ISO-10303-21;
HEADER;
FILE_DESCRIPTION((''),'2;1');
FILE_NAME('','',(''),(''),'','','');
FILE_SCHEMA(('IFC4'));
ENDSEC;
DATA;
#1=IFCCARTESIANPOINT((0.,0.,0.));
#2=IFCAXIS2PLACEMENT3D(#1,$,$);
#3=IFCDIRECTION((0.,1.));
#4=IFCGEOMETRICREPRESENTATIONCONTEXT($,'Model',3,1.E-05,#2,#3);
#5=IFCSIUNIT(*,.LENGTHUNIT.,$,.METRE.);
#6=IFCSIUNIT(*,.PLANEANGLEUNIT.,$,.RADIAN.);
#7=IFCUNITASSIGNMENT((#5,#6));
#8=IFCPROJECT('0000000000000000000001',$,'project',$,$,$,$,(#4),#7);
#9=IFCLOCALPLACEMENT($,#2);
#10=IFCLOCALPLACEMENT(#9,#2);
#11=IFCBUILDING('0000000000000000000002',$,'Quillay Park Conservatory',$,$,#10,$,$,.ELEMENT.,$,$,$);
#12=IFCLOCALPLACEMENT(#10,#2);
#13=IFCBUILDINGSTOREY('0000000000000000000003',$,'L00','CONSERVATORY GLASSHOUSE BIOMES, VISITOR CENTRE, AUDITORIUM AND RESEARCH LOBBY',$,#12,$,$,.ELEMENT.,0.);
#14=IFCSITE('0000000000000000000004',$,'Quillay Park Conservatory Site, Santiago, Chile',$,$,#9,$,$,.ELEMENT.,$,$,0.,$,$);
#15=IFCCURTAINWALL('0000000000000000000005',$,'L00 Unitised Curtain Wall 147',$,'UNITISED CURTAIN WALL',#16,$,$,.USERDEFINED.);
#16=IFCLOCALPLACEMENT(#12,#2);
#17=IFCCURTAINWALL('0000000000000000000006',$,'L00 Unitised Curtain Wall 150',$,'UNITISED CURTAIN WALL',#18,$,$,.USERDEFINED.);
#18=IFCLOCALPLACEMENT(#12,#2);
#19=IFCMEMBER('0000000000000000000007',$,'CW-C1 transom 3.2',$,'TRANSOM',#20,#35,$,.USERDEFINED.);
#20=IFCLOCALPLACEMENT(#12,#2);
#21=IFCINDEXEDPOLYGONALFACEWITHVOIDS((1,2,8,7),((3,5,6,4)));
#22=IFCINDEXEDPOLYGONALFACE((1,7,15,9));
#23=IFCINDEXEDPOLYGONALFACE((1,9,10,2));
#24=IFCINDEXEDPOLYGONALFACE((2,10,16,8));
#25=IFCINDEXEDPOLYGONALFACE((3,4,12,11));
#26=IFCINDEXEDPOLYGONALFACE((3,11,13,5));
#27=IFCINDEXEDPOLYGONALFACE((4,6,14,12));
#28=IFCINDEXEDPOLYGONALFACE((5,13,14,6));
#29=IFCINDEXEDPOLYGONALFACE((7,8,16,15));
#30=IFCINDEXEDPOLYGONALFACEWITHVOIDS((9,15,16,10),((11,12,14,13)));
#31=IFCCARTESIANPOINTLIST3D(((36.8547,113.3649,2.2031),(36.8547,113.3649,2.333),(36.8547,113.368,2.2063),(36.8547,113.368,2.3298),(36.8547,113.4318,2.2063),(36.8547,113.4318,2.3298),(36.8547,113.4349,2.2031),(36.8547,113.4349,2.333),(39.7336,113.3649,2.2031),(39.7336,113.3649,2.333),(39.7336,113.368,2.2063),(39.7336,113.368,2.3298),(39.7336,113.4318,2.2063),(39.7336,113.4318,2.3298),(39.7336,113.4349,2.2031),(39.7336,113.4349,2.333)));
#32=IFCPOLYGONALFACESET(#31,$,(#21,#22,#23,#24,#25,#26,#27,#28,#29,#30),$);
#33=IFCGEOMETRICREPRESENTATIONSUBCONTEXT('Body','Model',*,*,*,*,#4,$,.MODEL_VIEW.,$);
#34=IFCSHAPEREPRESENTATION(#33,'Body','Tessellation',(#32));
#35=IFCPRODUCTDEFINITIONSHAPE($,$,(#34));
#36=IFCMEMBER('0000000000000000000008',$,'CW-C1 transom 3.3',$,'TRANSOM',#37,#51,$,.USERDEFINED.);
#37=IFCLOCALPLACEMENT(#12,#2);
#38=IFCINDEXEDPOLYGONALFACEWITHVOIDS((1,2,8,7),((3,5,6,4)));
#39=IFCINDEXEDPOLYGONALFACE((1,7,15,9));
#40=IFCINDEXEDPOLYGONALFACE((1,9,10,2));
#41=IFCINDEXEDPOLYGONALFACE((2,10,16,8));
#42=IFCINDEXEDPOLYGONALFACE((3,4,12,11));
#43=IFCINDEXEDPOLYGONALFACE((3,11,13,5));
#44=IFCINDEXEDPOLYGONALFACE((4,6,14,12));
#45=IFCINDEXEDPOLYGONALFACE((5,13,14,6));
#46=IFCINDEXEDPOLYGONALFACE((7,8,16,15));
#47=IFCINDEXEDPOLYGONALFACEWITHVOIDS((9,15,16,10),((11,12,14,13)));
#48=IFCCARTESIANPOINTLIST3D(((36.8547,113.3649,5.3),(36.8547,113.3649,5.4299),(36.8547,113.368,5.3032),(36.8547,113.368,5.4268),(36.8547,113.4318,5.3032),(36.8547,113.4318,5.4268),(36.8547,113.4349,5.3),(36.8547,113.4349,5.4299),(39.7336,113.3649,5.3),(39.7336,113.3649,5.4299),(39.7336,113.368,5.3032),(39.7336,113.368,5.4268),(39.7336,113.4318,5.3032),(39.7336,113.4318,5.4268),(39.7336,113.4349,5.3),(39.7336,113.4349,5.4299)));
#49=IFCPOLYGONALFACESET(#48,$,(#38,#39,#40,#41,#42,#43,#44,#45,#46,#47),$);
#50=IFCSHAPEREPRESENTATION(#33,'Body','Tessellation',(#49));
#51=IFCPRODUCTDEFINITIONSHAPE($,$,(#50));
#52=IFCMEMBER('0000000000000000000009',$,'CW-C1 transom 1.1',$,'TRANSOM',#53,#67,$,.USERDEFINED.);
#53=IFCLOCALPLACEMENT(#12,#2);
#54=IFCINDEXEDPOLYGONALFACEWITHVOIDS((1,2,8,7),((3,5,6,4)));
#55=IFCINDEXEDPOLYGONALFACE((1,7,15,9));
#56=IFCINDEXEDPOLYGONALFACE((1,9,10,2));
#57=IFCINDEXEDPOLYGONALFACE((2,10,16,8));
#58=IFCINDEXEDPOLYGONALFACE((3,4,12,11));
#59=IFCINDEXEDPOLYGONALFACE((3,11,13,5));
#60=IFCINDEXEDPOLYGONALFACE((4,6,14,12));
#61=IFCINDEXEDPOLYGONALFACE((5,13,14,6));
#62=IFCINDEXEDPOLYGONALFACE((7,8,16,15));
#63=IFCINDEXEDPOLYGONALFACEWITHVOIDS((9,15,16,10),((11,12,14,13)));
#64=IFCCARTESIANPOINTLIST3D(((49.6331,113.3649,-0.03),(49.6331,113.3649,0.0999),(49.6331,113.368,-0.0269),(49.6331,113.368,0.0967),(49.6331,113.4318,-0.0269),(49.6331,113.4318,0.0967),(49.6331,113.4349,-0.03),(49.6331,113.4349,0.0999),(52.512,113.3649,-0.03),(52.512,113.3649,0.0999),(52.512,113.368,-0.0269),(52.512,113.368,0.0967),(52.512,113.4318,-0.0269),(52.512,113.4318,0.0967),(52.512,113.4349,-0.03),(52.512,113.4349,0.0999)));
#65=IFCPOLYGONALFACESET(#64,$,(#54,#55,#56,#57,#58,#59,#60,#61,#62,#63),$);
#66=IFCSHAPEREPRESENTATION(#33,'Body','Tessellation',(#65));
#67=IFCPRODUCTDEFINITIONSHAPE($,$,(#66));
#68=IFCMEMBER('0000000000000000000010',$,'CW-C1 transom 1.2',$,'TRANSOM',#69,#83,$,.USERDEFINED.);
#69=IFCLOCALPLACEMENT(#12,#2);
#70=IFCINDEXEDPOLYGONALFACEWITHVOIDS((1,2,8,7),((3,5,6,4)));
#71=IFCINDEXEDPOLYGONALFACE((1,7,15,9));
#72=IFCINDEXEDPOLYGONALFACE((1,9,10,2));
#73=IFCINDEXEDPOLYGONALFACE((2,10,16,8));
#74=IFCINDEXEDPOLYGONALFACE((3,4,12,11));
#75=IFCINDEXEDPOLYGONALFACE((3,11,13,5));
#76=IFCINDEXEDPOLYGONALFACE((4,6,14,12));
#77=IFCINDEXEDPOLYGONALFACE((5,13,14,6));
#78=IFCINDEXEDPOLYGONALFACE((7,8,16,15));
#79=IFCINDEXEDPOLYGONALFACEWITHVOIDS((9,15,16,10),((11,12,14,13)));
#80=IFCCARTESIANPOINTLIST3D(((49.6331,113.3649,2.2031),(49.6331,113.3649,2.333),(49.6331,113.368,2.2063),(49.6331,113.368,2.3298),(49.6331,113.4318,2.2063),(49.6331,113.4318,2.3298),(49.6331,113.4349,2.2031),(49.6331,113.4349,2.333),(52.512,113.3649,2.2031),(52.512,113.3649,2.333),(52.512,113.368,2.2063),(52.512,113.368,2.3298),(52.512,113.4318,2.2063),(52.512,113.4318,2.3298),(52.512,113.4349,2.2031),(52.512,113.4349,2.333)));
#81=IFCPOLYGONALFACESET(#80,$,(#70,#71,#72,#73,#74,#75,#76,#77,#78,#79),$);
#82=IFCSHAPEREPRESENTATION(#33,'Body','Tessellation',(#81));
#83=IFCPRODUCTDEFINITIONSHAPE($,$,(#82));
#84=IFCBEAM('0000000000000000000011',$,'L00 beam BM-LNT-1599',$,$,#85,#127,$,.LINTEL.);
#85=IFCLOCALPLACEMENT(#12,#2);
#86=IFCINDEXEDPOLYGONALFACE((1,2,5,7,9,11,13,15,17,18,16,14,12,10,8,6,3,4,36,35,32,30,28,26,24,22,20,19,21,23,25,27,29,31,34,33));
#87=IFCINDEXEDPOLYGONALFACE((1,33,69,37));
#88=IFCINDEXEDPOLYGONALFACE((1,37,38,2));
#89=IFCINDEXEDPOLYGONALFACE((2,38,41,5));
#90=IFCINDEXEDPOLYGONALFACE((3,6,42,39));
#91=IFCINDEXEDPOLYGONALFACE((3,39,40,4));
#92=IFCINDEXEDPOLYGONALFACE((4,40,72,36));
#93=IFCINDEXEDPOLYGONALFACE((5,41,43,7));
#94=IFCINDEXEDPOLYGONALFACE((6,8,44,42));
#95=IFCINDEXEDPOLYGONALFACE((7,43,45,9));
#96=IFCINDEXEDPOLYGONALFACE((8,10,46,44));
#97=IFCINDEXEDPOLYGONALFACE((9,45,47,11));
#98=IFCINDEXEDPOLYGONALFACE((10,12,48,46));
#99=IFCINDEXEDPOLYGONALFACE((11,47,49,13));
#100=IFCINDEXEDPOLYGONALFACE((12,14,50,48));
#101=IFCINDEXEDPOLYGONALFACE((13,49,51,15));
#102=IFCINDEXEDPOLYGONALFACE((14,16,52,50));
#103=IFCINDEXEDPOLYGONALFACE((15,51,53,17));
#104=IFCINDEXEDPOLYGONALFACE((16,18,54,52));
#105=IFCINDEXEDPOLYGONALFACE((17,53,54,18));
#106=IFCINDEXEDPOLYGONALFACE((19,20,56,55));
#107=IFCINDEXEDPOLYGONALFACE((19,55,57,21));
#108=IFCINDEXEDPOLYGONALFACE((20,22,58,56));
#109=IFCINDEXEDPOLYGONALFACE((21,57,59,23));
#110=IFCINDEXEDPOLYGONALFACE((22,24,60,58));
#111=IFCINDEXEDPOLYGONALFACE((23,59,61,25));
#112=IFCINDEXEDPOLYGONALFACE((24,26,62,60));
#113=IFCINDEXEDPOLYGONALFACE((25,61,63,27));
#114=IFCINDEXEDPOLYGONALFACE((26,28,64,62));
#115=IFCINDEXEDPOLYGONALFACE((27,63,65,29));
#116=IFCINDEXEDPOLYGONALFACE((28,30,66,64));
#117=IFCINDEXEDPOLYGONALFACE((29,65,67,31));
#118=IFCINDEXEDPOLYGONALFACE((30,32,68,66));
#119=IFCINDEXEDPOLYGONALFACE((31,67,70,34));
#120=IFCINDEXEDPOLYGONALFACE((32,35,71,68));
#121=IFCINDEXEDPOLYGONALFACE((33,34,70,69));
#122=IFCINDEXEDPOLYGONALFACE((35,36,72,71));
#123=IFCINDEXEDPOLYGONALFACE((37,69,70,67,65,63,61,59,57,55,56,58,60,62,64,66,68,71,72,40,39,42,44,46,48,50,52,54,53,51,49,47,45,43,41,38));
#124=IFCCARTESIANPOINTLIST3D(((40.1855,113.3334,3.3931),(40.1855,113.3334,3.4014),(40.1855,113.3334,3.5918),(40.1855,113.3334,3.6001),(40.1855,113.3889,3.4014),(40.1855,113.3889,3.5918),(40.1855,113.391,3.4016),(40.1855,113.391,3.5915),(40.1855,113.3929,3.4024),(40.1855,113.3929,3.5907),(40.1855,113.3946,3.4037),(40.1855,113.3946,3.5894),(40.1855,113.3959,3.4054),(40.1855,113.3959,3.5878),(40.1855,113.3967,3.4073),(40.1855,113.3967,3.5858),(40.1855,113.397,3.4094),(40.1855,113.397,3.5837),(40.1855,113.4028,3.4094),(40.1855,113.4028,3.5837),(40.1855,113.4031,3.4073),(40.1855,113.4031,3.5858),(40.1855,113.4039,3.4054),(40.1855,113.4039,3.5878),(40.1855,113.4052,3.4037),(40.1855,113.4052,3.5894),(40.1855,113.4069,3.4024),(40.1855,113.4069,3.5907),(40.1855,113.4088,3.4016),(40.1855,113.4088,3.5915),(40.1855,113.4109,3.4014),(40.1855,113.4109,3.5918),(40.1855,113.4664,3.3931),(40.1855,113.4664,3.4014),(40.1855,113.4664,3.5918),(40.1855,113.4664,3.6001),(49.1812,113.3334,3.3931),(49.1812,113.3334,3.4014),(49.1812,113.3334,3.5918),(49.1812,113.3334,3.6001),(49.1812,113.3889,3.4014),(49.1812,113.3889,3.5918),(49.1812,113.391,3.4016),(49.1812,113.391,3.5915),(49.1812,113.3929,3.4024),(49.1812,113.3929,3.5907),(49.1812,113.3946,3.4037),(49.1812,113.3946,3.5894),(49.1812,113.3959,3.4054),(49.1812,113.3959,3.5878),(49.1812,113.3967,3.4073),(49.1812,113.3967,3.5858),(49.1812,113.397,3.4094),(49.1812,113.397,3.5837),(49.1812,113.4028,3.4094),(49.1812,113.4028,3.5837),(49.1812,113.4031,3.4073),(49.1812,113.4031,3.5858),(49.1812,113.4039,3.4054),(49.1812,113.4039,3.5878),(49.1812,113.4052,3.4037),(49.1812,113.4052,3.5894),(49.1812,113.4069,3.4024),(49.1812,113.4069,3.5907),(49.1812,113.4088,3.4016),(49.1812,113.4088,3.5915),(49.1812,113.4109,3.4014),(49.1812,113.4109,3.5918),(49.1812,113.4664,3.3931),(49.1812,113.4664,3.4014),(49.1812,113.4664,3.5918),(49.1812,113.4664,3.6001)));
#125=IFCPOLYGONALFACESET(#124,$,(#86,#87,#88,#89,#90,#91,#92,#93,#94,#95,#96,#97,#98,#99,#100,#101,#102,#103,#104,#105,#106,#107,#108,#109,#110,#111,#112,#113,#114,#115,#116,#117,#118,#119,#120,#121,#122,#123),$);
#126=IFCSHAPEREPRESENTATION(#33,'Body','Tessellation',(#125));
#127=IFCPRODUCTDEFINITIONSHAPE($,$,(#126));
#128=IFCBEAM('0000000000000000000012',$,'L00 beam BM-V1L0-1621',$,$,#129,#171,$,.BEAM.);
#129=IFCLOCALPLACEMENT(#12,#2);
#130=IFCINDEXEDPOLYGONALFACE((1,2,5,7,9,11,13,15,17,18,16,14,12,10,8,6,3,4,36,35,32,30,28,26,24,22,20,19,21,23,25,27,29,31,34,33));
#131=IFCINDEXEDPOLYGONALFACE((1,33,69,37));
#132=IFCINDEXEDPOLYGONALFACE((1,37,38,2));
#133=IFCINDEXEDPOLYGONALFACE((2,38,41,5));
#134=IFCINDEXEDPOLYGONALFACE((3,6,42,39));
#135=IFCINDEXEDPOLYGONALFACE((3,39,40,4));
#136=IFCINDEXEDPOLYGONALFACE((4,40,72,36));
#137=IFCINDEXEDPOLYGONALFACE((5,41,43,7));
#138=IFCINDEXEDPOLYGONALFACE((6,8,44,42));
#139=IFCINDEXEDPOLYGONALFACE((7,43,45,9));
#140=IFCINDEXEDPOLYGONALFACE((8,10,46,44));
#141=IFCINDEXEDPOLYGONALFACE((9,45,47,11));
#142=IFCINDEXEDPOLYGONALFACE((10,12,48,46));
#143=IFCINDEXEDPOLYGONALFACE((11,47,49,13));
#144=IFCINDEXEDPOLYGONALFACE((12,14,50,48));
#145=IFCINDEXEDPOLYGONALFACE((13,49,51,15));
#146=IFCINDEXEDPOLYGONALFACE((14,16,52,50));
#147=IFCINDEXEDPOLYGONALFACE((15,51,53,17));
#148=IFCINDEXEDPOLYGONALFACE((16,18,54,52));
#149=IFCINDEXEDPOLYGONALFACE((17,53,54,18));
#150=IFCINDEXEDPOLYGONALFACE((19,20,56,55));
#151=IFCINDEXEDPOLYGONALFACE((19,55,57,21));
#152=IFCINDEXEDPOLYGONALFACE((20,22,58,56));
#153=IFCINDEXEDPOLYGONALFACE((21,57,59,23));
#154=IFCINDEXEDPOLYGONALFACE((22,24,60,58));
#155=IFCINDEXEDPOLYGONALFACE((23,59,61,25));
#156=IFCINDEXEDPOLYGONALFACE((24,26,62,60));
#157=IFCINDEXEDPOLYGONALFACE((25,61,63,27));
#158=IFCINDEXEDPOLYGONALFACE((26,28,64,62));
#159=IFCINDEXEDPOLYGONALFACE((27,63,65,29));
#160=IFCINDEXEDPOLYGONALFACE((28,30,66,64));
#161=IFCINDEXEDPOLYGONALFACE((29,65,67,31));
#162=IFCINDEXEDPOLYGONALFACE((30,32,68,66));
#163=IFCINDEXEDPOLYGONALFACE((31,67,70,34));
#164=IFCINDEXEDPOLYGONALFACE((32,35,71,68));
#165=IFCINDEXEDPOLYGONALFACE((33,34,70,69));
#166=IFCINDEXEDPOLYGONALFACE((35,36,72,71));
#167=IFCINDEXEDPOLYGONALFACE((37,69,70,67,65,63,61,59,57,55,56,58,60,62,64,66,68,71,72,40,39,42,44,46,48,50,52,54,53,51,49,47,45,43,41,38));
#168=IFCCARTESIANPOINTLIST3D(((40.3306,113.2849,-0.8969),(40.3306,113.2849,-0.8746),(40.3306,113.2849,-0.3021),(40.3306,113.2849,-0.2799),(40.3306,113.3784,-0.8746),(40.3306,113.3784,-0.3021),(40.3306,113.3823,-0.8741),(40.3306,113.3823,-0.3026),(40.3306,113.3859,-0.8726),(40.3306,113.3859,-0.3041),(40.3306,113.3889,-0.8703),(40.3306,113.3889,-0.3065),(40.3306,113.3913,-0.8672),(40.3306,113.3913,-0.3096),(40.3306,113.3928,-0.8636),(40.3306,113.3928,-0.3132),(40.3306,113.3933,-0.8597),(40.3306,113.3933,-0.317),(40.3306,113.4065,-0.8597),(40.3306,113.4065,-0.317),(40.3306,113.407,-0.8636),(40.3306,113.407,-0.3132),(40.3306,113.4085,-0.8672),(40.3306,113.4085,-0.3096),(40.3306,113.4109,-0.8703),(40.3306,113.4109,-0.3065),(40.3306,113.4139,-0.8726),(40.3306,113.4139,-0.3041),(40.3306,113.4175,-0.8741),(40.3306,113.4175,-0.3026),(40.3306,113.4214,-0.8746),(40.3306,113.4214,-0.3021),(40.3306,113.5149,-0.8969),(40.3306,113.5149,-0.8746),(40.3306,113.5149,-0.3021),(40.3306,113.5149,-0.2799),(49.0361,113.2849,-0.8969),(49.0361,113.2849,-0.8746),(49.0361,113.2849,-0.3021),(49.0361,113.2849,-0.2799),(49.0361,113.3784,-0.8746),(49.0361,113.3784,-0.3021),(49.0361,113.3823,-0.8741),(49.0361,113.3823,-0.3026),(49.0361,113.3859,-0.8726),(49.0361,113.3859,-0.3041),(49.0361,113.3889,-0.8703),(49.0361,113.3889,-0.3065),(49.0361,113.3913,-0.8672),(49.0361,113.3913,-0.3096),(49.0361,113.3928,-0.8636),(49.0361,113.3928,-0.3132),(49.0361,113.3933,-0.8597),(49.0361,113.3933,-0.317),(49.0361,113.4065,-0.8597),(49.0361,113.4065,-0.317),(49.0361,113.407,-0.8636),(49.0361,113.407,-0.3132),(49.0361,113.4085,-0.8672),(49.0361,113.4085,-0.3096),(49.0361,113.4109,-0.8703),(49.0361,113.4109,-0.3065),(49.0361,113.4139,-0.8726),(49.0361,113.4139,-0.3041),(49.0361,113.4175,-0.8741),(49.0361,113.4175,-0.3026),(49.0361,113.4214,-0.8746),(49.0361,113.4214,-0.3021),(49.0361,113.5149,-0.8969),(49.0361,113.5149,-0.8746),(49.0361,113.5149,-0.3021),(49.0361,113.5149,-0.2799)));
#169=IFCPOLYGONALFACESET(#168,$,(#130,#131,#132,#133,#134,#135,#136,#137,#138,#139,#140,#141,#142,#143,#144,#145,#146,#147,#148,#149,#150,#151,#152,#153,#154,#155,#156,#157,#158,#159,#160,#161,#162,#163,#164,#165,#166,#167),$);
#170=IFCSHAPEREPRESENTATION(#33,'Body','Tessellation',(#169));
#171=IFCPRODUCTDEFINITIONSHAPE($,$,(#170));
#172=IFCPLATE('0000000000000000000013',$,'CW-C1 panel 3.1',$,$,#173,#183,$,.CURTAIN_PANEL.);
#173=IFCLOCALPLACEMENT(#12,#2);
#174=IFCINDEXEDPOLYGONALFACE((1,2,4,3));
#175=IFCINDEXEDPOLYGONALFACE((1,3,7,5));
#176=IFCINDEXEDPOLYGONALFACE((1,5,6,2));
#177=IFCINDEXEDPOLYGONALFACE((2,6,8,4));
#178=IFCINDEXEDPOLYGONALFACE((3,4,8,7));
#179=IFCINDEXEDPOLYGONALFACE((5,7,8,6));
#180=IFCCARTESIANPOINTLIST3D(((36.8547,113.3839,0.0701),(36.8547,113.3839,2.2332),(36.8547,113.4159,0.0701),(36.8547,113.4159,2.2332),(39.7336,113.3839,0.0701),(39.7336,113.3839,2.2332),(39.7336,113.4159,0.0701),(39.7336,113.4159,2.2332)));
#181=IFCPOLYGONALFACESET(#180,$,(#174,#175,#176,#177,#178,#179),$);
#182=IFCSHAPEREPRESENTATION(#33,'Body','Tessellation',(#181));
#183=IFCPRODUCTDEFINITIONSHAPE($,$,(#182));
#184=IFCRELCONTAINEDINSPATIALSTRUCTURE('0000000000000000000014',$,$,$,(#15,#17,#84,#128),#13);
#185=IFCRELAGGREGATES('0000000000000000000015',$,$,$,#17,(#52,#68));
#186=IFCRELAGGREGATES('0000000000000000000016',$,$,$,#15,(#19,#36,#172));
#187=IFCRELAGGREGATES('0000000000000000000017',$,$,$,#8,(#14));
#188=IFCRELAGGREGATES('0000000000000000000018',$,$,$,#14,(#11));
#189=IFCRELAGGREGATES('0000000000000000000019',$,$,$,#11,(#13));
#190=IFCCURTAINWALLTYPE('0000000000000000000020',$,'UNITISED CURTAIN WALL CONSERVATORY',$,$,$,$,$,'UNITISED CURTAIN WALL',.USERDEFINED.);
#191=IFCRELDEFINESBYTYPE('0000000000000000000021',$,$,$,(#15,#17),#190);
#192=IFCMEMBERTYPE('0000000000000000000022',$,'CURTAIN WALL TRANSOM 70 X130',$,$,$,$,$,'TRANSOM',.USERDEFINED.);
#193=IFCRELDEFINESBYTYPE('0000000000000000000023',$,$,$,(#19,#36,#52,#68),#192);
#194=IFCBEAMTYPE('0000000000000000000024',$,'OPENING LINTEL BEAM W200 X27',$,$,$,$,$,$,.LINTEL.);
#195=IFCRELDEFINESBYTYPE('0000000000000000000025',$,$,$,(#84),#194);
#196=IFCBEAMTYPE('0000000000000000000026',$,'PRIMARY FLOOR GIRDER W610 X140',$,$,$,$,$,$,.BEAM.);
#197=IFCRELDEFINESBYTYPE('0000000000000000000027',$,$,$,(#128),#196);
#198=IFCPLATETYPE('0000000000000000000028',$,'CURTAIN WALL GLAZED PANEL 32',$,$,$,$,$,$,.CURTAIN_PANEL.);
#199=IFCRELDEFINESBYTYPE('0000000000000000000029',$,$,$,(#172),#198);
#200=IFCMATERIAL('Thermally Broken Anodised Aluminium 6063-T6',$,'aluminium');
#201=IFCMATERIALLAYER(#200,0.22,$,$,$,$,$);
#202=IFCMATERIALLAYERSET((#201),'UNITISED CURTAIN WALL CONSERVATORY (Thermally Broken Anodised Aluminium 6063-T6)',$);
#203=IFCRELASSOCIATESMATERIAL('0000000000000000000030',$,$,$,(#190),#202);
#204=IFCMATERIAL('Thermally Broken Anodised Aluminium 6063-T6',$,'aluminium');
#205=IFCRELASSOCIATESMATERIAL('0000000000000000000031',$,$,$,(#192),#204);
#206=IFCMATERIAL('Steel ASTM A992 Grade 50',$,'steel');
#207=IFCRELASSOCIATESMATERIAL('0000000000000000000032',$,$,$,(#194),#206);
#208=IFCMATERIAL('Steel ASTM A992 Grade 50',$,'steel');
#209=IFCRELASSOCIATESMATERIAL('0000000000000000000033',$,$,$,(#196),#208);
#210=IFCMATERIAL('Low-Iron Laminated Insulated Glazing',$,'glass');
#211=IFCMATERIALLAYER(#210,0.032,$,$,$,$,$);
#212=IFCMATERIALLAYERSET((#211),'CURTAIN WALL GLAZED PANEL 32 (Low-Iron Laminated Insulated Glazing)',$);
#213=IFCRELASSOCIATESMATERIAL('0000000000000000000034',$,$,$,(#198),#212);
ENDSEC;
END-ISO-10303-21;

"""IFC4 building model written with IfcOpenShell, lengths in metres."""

from ifc_helpers import new_model, si_unit, direction, frame, origin, origin_2d, place, context, subcontext, project, spatial, rectangle, hollow_rectangle, i_section, extrude, material, layer, layer_set, material_profile, profile_set, type_object, element, aggregate, save


model = new_model("IFC4")

# Units and contexts
model_context = context("Model", 3, precision=1e-05, world=origin(), true_north=direction((0.0, 1.0)))
body_context = subcontext(model_context, "Body", "Model", "MODEL_VIEW")
ifc_project = project(units=[si_unit("LENGTHUNIT", "METRE"), si_unit("PLANEANGLEUNIT", "RADIAN")], contexts=[model_context])

# Site, building, storey
site_placement = place(None, origin())
site = spatial("IfcSite", under=ifc_project, at=site_placement, Name="Quillay Park Conservatory Site, Santiago, Chile", CompositionType="ELEMENT", RefElevation=0.0)
building_placement = place(site_placement, origin())
building = spatial("IfcBuilding", under=site, at=building_placement, Name="Quillay Park Conservatory", CompositionType="ELEMENT")
storey_placement = place(building_placement, origin())
storey = spatial("IfcBuildingStorey", under=building, at=storey_placement, Name="L00", Description="CONSERVATORY GLASSHOUSE BIOMES, VISITOR CENTRE, AUDITORIUM AND RESEARCH LOBBY", CompositionType="ELEMENT", Elevation=0.0)

# Curtain wall
ifc_material_1 = material(Name="Thermally Broken Anodised Aluminium 6063-T6", Category="aluminium")
ifc_layer_1 = layer(ifc_material_1, 0.22)
ifc_layer_set_1 = layer_set([ifc_layer_1], Name="UNITISED CURTAIN WALL CONSERVATORY (Thermally Broken Anodised Aluminium 6063-T6)")
curtain_wall_type = type_object("IfcCurtainWallType", Name="UNITISED CURTAIN WALL CONSERVATORY", ElementType="UNITISED CURTAIN WALL", PredefinedType="USERDEFINED", material=ifc_layer_set_1)
curtain_wall_1_placement = place(storey_placement, origin())
curtain_wall_1 = element("IfcCurtainWall", 1, at=curtain_wall_1_placement, inside=storey, type_object=curtain_wall_type, Name="L00 Unitised Curtain Wall 147", ObjectType="UNITISED CURTAIN WALL", PredefinedType="USERDEFINED")

# Curtain wall
curtain_wall_2_placement = place(storey_placement, origin())
curtain_wall_2 = element("IfcCurtainWall", 2, at=curtain_wall_2_placement, inside=storey, type_object=curtain_wall_type, Name="L00 Unitised Curtain Wall 150", ObjectType="UNITISED CURTAIN WALL", PredefinedType="USERDEFINED")

# Members
ifc_material_2 = material(Name="Thermally Broken Anodised Aluminium 6063-T6", Category="aluminium")
ifc_material_profile_1 = material_profile(ifc_material_2, hollow_rectangle(XDim=0.0701, YDim=0.1299, WallThickness=0.0032, at=origin_2d()), Name="AL70x130x3.2")
ifc_profile_set_1 = profile_set([ifc_material_profile_1], Name="Thermally Broken Anodised Aluminium 6063-T6")
member_type_1 = type_object("IfcMemberType", Name="CURTAIN WALL TRANSOM 70 X130", ElementType="TRANSOM", PredefinedType="USERDEFINED", material=ifc_profile_set_1)
member_1_placement = place(storey_placement, frame((36.8547, 113.3999, 2.2681), z_axis=(1.0, 0.0, 0.0), x_axis=(0.0, 1.0, 0.0)))
member_1 = element("IfcMember", 3, at=member_1_placement, type_object=member_type_1, Name="CW-C1 transom 3.2", ObjectType="TRANSOM", PredefinedType="USERDEFINED", context=body_context, shape_type="SweptSolid", body=[
    extrude(hollow_rectangle(XDim=0.0701, YDim=0.1299, WallThickness=0.0032, at=origin_2d()), origin(), (0.0, 0.0, 1.0), 2.8789),
])
member_2_placement = place(storey_placement, frame((36.8547, 113.3999, 5.365), z_axis=(1.0, 0.0, 0.0), x_axis=(0.0, 1.0, 0.0)))
member_2 = element("IfcMember", 4, at=member_2_placement, type_object=member_type_1, Name="CW-C1 transom 3.3", ObjectType="TRANSOM", PredefinedType="USERDEFINED", context=body_context, shape_type="SweptSolid", body=[
    extrude(hollow_rectangle(XDim=0.0701, YDim=0.1299, WallThickness=0.0032, at=origin_2d()), origin(), (0.0, 0.0, 1.0), 2.8789),
])
member_3_placement = place(storey_placement, frame((49.6331, 113.3999, 0.0349), z_axis=(1.0, 0.0, 0.0), x_axis=(0.0, 1.0, 0.0)))
member_3 = element("IfcMember", 5, at=member_3_placement, type_object=member_type_1, Name="CW-C1 transom 1.1", ObjectType="TRANSOM", PredefinedType="USERDEFINED", context=body_context, shape_type="SweptSolid", body=[
    extrude(hollow_rectangle(XDim=0.0701, YDim=0.1299, WallThickness=0.0032, at=origin_2d()), origin(), (0.0, 0.0, 1.0), 2.8789),
])
member_4_placement = place(storey_placement, frame((49.6331, 113.3999, 2.2681), z_axis=(1.0, 0.0, 0.0), x_axis=(0.0, 1.0, 0.0)))
member_4 = element("IfcMember", 6, at=member_4_placement, type_object=member_type_1, Name="CW-C1 transom 1.2", ObjectType="TRANSOM", PredefinedType="USERDEFINED", context=body_context, shape_type="SweptSolid", body=[
    extrude(hollow_rectangle(XDim=0.0701, YDim=0.1299, WallThickness=0.0032, at=origin_2d()), origin(), (0.0, 0.0, 1.0), 2.8789),
])
aggregate(curtain_wall_2, [member_3, member_4])

# Beams
ifc_material_3 = material(Name="Steel ASTM A992 Grade 50", Category="steel")
ifc_material_profile_2 = material_profile(ifc_material_3, i_section(OverallWidth=0.1331, OverallDepth=0.207, WebThickness=0.0059, FlangeThickness=0.0083, FilletRadius=0.0081, at=origin_2d()), Name="W200x27")
ifc_profile_set_2 = profile_set([ifc_material_profile_2], Name="Steel ASTM A992 Grade 50")
beam_type_1 = type_object("IfcBeamType", Name="OPENING LINTEL BEAM W200 X27", PredefinedType="LINTEL", material=ifc_profile_set_2)
beam_1_placement = place(storey_placement, frame((40.1855, 113.3999, 3.4966), z_axis=(1.0, 0.0, 0.0), x_axis=(0.0, 1.0, 0.0)))
element("IfcBeam", 7, at=beam_1_placement, inside=storey, type_object=beam_type_1, Name="L00 beam BM-LNT-1599", PredefinedType="LINTEL", context=body_context, shape_type="SweptSolid", body=[
    extrude(i_section(OverallWidth=0.1331, OverallDepth=0.207, WebThickness=0.0059, FlangeThickness=0.0083, FilletRadius=0.0081, at=origin_2d()), origin(), (0.0, 0.0, 1.0), 8.9956),
])
ifc_material_4 = material(Name="Steel ASTM A992 Grade 50", Category="steel")
ifc_material_profile_3 = material_profile(ifc_material_4, i_section(OverallWidth=0.23, OverallDepth=0.6169, WebThickness=0.0132, FlangeThickness=0.0222, FilletRadius=0.0149, at=origin_2d()), Name="W610x140")
ifc_profile_set_3 = profile_set([ifc_material_profile_3], Name="Steel ASTM A992 Grade 50")
beam_type_2 = type_object("IfcBeamType", Name="PRIMARY FLOOR GIRDER W610 X140", PredefinedType="BEAM", material=ifc_profile_set_3)
beam_2_placement = place(storey_placement, frame((40.3306, 113.3999, -0.5884), z_axis=(1.0, 0.0, 0.0), x_axis=(0.0, 1.0, 0.0)))
element("IfcBeam", 8, at=beam_2_placement, inside=storey, type_object=beam_type_2, Name="L00 beam BM-V1L0-1621", PredefinedType="BEAM", context=body_context, shape_type="SweptSolid", body=[
    extrude(i_section(OverallWidth=0.23, OverallDepth=0.6169, WebThickness=0.0132, FlangeThickness=0.0222, FilletRadius=0.0149, at=origin_2d()), origin(), (0.0, 0.0, 1.0), 8.7056),
])

# Plate
ifc_material_5 = material(Name="Low-Iron Laminated Insulated Glazing", Category="glass")
ifc_layer_2 = layer(ifc_material_5, 0.032)
ifc_layer_set_2 = layer_set([ifc_layer_2], Name="CURTAIN WALL GLAZED PANEL 32 (Low-Iron Laminated Insulated Glazing)")
plate_type_1 = type_object("IfcPlateType", Name="CURTAIN WALL GLAZED PANEL 32", PredefinedType="CURTAIN_PANEL", material=ifc_layer_set_2)
plate_1_placement = place(storey_placement, frame((38.2942, 113.3999, 0.0701), z_axis=(0.0, 0.0, 1.0), x_axis=(1.0, 0.0, 0.0)))
plate_1 = element("IfcPlate", 9, at=plate_1_placement, type_object=plate_type_1, Name="CW-C1 panel 3.1", PredefinedType="CURTAIN_PANEL", context=body_context, shape_type="SweptSolid", body=[
    extrude(rectangle(XDim=2.8789, YDim=0.032, at=origin_2d()), origin(), (0.0, 0.0, 1.0), 2.1631),
])
aggregate(curtain_wall_1, [member_1, member_2, plate_1])

save(model, "model.ifc")
